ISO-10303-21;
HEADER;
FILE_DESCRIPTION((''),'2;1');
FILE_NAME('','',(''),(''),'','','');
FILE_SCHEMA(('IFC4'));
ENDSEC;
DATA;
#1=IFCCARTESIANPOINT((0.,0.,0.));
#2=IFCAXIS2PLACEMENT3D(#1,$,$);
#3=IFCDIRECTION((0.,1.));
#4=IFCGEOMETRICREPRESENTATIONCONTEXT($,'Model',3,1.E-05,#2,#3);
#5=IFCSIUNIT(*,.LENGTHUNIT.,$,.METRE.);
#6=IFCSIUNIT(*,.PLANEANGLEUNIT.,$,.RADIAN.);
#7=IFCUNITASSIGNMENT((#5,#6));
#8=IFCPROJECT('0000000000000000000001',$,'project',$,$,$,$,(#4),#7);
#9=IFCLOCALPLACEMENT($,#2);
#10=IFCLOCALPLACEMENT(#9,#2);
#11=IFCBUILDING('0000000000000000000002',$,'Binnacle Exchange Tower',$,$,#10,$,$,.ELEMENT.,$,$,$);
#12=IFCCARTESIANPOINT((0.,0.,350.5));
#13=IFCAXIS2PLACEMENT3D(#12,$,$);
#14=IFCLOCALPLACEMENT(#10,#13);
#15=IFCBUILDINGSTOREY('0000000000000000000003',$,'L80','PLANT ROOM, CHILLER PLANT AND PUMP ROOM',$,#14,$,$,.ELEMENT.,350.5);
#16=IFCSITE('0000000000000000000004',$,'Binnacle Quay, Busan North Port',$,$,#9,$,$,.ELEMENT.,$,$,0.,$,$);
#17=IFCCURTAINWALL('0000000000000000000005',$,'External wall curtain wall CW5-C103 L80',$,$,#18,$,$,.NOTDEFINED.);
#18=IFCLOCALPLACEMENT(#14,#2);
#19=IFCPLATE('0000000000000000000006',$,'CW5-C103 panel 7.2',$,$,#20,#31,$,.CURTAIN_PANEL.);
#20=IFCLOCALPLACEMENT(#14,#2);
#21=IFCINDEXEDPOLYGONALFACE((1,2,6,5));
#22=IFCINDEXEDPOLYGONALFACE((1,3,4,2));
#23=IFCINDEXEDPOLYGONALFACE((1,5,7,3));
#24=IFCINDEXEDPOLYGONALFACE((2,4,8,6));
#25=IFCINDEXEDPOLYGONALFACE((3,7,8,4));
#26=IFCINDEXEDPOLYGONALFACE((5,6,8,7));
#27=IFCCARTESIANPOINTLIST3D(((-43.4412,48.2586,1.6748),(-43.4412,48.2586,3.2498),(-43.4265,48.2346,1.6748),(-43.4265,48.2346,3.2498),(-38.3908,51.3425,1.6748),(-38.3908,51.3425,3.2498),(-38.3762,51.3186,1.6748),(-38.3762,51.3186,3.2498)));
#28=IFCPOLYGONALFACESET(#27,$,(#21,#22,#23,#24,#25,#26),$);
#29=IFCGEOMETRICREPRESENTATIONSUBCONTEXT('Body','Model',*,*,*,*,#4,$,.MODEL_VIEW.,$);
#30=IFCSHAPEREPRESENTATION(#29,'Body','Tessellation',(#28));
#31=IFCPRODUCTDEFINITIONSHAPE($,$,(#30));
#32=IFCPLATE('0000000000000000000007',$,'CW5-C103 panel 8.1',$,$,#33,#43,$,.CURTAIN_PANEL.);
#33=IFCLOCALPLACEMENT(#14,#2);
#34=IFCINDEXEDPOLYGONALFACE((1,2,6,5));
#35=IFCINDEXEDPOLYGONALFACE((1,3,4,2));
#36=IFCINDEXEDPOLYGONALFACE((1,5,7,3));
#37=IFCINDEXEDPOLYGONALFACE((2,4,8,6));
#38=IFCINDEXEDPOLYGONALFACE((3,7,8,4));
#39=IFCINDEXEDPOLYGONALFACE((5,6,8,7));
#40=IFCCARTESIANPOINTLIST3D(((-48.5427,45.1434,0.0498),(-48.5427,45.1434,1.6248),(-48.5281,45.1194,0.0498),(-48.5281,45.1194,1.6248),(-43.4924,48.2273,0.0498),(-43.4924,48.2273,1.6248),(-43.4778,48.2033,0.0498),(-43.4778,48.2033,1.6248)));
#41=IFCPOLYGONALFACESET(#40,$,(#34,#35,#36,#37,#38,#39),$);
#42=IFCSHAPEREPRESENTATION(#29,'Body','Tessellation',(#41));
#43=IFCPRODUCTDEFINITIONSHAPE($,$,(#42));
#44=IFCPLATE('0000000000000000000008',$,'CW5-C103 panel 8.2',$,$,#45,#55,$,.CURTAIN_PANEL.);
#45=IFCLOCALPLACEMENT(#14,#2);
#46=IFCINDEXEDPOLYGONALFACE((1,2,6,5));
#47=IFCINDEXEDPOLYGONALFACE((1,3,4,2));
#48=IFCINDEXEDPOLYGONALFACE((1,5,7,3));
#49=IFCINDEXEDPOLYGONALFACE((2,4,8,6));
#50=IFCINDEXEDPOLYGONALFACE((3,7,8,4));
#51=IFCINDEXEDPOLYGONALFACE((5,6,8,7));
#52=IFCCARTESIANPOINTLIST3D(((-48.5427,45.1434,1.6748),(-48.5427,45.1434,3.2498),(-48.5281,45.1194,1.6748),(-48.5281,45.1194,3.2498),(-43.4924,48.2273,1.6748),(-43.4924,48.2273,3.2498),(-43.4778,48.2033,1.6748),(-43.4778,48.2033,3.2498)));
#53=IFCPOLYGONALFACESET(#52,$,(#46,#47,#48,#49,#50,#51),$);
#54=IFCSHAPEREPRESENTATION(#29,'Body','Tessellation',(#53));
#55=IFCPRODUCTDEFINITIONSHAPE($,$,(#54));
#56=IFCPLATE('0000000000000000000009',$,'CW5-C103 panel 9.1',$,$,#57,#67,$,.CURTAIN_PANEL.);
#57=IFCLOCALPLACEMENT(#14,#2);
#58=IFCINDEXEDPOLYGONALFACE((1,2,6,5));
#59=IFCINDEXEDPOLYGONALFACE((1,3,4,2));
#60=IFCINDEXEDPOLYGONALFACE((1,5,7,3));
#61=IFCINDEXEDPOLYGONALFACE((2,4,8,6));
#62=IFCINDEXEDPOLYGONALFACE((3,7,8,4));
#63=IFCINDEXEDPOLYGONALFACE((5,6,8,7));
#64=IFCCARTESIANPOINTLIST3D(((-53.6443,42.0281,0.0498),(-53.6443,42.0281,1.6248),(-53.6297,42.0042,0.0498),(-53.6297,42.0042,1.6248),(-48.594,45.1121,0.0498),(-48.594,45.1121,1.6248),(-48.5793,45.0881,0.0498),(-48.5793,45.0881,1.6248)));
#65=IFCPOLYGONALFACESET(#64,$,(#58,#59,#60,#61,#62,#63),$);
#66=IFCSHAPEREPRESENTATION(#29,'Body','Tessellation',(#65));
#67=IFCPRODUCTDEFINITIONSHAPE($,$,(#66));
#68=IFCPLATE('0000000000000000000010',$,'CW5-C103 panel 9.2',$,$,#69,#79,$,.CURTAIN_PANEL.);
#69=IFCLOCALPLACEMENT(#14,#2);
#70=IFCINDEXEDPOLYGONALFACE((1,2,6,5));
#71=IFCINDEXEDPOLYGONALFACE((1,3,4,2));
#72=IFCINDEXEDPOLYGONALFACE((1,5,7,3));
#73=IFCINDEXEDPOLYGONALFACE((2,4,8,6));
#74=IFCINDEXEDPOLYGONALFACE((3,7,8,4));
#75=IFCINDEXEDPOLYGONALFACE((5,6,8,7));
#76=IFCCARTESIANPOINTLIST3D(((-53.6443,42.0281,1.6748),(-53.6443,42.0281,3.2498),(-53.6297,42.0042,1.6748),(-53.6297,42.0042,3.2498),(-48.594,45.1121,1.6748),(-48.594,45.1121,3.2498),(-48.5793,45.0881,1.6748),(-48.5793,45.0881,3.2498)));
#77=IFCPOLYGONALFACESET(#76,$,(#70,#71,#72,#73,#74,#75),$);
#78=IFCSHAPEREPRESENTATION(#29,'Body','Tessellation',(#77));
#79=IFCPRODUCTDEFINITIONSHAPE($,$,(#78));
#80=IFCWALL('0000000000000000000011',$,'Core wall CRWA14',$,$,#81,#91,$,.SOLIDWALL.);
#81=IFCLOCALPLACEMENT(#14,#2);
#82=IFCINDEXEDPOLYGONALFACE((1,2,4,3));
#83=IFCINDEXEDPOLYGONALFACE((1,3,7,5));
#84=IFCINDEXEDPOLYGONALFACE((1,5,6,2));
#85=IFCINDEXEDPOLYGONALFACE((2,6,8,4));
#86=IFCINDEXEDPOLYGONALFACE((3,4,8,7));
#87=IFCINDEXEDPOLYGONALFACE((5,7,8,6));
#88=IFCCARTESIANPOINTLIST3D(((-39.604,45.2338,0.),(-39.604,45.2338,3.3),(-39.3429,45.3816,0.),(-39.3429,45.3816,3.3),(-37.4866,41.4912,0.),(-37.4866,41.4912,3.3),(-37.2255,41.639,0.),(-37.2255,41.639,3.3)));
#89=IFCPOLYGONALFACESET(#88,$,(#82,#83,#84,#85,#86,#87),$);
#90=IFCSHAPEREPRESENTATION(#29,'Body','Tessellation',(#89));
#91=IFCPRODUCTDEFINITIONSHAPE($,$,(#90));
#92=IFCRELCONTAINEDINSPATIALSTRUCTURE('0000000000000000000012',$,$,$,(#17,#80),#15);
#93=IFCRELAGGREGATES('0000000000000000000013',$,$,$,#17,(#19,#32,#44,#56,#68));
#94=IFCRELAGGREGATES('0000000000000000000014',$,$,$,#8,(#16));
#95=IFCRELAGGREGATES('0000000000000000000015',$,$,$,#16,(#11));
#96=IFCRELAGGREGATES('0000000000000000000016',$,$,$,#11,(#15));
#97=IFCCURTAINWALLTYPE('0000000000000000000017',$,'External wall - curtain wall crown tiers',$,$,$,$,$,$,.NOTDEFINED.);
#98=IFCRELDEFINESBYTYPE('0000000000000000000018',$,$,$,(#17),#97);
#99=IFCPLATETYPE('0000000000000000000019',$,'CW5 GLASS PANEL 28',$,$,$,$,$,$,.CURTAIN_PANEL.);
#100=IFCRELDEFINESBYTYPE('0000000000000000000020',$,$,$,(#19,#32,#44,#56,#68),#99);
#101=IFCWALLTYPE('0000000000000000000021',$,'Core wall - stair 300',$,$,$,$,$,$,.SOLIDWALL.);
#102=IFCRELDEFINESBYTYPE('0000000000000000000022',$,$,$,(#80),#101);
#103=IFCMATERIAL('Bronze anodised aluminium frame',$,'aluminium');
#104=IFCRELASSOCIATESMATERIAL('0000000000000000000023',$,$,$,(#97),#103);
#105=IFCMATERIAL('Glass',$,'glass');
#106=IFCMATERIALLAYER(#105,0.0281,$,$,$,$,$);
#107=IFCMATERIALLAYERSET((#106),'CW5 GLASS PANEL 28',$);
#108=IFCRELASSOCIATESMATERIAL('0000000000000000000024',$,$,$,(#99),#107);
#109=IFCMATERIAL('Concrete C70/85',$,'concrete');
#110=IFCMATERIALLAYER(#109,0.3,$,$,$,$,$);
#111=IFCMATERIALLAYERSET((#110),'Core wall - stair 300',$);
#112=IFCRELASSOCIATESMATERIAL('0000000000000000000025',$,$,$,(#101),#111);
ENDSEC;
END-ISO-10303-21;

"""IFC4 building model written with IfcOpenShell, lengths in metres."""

from ifc_helpers import new_model, si_unit, direction, frame, frame_2d, origin, origin_2d, place, context, subcontext, project, spatial, rectangle, extrude, material, layer, layer_set, type_object, element, aggregate, save


model = new_model("IFC4")

# Units and contexts
model_context = context("Model", 3, precision=1e-05, world=origin(), true_north=direction((0.0, 1.0)))
body_context = subcontext(model_context, "Body", "Model", "MODEL_VIEW")
ifc_project = project(units=[si_unit("LENGTHUNIT", "METRE"), si_unit("PLANEANGLEUNIT", "RADIAN")], contexts=[model_context])

# Site, building, storey
site_placement = place(None, origin())
site = spatial("IfcSite", under=ifc_project, at=site_placement, Name="Binnacle Quay, Busan North Port", CompositionType="ELEMENT", RefElevation=0.0)
building_placement = place(site_placement, origin())
building = spatial("IfcBuilding", under=site, at=building_placement, Name="Binnacle Exchange Tower", CompositionType="ELEMENT")
storey_placement = place(building_placement, frame((0.0, 0.0, 350.5)))
storey = spatial("IfcBuildingStorey", under=building, at=storey_placement, Name="L80", Description="PLANT ROOM, CHILLER PLANT AND PUMP ROOM", CompositionType="ELEMENT", Elevation=350.5)

# Curtain wall
ifc_material_1 = material(Name="Bronze anodised aluminium frame", Category="aluminium")
curtain_wall_type = type_object("IfcCurtainWallType", Name="External wall - curtain wall crown tiers", PredefinedType="NOTDEFINED", material=ifc_material_1)
curtain_wall_placement = place(storey_placement, origin())
curtain_wall = element("IfcCurtainWall", 1, at=curtain_wall_placement, inside=storey, type_object=curtain_wall_type, Name="External wall curtain wall CW5-C103 L80", PredefinedType="NOTDEFINED")

# Plates
ifc_material_2 = material(Name="Glass", Category="glass")
ifc_layer_1 = layer(ifc_material_2, 0.0281)
ifc_layer_set_1 = layer_set([ifc_layer_1], Name="CW5 GLASS PANEL 28")
plate_type = type_object("IfcPlateType", Name="CW5 GLASS PANEL 28", PredefinedType="CURTAIN_PANEL", material=ifc_layer_set_1)
plate_1_placement = place(storey_placement, frame((-40.9087, 49.7886, 1.6748), z_axis=(0.0, 0.0, 1.0), x_axis=(-0.853461, -0.521157, 0.0)))
plate_1 = element("IfcPlate", 2, at=plate_1_placement, type_object=plate_type, Name="CW5-C103 panel 7.2", PredefinedType="CURTAIN_PANEL", context=body_context, shape_type="SweptSolid", body=[
    extrude(rectangle(XDim=5.9175, YDim=0.0281, at=origin_2d()), origin(), (0.0, 0.0, 1.0), 1.575),
])
plate_2_placement = place(storey_placement, frame((-46.0103, 46.6733, 0.0498), z_axis=(0.0, 0.0, 1.0), x_axis=(-0.853461, -0.521157, 0.0)))
plate_2 = element("IfcPlate", 3, at=plate_2_placement, type_object=plate_type, Name="CW5-C103 panel 8.1", PredefinedType="CURTAIN_PANEL", context=body_context, shape_type="SweptSolid", body=[
    extrude(rectangle(XDim=5.9175, YDim=0.0281, at=origin_2d()), origin(), (0.0, 0.0, 1.0), 1.575),
])
plate_3_placement = place(storey_placement, frame((-46.0103, 46.6733, 1.6748), z_axis=(0.0, 0.0, 1.0), x_axis=(-0.853461, -0.521157, 0.0)))
plate_3 = element("IfcPlate", 4, at=plate_3_placement, type_object=plate_type, Name="CW5-C103 panel 8.2", PredefinedType="CURTAIN_PANEL", context=body_context, shape_type="SweptSolid", body=[
    extrude(rectangle(XDim=5.9175, YDim=0.0281, at=origin_2d()), origin(), (0.0, 0.0, 1.0), 1.575),
])
plate_4_placement = place(storey_placement, frame((-51.1118, 43.5581, 0.0498), z_axis=(0.0, 0.0, 1.0), x_axis=(-0.853461, -0.521157, 0.0)))
plate_4 = element("IfcPlate", 5, at=plate_4_placement, type_object=plate_type, Name="CW5-C103 panel 9.1", PredefinedType="CURTAIN_PANEL", context=body_context, shape_type="SweptSolid", body=[
    extrude(rectangle(XDim=5.9175, YDim=0.0281, at=origin_2d()), origin(), (0.0, 0.0, 1.0), 1.575),
])
plate_5_placement = place(storey_placement, frame((-51.1118, 43.5581, 1.6748), z_axis=(0.0, 0.0, 1.0), x_axis=(-0.853461, -0.521157, 0.0)))
plate_5 = element("IfcPlate", 6, at=plate_5_placement, type_object=plate_type, Name="CW5-C103 panel 9.2", PredefinedType="CURTAIN_PANEL", context=body_context, shape_type="SweptSolid", body=[
    extrude(rectangle(XDim=5.9175, YDim=0.0281, at=origin_2d()), origin(), (0.0, 0.0, 1.0), 1.575),
])
aggregate(curtain_wall, [plate_1, plate_2, plate_3, plate_4, plate_5])

# Wall
ifc_material_3 = material(Name="Concrete C70/85", Category="concrete")
ifc_layer_2 = layer(ifc_material_3, 0.3)
ifc_layer_set_2 = layer_set([ifc_layer_2], Name="Core wall - stair 300")
wall_type = type_object("IfcWallType", Name="Core wall - stair 300", PredefinedType="SOLIDWALL", material=ifc_layer_set_2)
wall_placement = place(storey_placement, frame((-39.4734, 45.3076, 0.0), z_axis=(0.0, 0.0, 1.0), x_axis=(0.492411, -0.870363, 0.0)))
element("IfcWall", 7, at=wall_placement, inside=storey, type_object=wall_type, Name="Core wall CRWA14", PredefinedType="SOLIDWALL", context=body_context, shape_type="SweptSolid", body=[
    extrude(rectangle(XDim=4.3, YDim=0.3, at=frame_2d((2.1499, 0.0))), origin(), (0.0, 0.0, 1.0), 3.3),
])

save(model, "model.ifc")
